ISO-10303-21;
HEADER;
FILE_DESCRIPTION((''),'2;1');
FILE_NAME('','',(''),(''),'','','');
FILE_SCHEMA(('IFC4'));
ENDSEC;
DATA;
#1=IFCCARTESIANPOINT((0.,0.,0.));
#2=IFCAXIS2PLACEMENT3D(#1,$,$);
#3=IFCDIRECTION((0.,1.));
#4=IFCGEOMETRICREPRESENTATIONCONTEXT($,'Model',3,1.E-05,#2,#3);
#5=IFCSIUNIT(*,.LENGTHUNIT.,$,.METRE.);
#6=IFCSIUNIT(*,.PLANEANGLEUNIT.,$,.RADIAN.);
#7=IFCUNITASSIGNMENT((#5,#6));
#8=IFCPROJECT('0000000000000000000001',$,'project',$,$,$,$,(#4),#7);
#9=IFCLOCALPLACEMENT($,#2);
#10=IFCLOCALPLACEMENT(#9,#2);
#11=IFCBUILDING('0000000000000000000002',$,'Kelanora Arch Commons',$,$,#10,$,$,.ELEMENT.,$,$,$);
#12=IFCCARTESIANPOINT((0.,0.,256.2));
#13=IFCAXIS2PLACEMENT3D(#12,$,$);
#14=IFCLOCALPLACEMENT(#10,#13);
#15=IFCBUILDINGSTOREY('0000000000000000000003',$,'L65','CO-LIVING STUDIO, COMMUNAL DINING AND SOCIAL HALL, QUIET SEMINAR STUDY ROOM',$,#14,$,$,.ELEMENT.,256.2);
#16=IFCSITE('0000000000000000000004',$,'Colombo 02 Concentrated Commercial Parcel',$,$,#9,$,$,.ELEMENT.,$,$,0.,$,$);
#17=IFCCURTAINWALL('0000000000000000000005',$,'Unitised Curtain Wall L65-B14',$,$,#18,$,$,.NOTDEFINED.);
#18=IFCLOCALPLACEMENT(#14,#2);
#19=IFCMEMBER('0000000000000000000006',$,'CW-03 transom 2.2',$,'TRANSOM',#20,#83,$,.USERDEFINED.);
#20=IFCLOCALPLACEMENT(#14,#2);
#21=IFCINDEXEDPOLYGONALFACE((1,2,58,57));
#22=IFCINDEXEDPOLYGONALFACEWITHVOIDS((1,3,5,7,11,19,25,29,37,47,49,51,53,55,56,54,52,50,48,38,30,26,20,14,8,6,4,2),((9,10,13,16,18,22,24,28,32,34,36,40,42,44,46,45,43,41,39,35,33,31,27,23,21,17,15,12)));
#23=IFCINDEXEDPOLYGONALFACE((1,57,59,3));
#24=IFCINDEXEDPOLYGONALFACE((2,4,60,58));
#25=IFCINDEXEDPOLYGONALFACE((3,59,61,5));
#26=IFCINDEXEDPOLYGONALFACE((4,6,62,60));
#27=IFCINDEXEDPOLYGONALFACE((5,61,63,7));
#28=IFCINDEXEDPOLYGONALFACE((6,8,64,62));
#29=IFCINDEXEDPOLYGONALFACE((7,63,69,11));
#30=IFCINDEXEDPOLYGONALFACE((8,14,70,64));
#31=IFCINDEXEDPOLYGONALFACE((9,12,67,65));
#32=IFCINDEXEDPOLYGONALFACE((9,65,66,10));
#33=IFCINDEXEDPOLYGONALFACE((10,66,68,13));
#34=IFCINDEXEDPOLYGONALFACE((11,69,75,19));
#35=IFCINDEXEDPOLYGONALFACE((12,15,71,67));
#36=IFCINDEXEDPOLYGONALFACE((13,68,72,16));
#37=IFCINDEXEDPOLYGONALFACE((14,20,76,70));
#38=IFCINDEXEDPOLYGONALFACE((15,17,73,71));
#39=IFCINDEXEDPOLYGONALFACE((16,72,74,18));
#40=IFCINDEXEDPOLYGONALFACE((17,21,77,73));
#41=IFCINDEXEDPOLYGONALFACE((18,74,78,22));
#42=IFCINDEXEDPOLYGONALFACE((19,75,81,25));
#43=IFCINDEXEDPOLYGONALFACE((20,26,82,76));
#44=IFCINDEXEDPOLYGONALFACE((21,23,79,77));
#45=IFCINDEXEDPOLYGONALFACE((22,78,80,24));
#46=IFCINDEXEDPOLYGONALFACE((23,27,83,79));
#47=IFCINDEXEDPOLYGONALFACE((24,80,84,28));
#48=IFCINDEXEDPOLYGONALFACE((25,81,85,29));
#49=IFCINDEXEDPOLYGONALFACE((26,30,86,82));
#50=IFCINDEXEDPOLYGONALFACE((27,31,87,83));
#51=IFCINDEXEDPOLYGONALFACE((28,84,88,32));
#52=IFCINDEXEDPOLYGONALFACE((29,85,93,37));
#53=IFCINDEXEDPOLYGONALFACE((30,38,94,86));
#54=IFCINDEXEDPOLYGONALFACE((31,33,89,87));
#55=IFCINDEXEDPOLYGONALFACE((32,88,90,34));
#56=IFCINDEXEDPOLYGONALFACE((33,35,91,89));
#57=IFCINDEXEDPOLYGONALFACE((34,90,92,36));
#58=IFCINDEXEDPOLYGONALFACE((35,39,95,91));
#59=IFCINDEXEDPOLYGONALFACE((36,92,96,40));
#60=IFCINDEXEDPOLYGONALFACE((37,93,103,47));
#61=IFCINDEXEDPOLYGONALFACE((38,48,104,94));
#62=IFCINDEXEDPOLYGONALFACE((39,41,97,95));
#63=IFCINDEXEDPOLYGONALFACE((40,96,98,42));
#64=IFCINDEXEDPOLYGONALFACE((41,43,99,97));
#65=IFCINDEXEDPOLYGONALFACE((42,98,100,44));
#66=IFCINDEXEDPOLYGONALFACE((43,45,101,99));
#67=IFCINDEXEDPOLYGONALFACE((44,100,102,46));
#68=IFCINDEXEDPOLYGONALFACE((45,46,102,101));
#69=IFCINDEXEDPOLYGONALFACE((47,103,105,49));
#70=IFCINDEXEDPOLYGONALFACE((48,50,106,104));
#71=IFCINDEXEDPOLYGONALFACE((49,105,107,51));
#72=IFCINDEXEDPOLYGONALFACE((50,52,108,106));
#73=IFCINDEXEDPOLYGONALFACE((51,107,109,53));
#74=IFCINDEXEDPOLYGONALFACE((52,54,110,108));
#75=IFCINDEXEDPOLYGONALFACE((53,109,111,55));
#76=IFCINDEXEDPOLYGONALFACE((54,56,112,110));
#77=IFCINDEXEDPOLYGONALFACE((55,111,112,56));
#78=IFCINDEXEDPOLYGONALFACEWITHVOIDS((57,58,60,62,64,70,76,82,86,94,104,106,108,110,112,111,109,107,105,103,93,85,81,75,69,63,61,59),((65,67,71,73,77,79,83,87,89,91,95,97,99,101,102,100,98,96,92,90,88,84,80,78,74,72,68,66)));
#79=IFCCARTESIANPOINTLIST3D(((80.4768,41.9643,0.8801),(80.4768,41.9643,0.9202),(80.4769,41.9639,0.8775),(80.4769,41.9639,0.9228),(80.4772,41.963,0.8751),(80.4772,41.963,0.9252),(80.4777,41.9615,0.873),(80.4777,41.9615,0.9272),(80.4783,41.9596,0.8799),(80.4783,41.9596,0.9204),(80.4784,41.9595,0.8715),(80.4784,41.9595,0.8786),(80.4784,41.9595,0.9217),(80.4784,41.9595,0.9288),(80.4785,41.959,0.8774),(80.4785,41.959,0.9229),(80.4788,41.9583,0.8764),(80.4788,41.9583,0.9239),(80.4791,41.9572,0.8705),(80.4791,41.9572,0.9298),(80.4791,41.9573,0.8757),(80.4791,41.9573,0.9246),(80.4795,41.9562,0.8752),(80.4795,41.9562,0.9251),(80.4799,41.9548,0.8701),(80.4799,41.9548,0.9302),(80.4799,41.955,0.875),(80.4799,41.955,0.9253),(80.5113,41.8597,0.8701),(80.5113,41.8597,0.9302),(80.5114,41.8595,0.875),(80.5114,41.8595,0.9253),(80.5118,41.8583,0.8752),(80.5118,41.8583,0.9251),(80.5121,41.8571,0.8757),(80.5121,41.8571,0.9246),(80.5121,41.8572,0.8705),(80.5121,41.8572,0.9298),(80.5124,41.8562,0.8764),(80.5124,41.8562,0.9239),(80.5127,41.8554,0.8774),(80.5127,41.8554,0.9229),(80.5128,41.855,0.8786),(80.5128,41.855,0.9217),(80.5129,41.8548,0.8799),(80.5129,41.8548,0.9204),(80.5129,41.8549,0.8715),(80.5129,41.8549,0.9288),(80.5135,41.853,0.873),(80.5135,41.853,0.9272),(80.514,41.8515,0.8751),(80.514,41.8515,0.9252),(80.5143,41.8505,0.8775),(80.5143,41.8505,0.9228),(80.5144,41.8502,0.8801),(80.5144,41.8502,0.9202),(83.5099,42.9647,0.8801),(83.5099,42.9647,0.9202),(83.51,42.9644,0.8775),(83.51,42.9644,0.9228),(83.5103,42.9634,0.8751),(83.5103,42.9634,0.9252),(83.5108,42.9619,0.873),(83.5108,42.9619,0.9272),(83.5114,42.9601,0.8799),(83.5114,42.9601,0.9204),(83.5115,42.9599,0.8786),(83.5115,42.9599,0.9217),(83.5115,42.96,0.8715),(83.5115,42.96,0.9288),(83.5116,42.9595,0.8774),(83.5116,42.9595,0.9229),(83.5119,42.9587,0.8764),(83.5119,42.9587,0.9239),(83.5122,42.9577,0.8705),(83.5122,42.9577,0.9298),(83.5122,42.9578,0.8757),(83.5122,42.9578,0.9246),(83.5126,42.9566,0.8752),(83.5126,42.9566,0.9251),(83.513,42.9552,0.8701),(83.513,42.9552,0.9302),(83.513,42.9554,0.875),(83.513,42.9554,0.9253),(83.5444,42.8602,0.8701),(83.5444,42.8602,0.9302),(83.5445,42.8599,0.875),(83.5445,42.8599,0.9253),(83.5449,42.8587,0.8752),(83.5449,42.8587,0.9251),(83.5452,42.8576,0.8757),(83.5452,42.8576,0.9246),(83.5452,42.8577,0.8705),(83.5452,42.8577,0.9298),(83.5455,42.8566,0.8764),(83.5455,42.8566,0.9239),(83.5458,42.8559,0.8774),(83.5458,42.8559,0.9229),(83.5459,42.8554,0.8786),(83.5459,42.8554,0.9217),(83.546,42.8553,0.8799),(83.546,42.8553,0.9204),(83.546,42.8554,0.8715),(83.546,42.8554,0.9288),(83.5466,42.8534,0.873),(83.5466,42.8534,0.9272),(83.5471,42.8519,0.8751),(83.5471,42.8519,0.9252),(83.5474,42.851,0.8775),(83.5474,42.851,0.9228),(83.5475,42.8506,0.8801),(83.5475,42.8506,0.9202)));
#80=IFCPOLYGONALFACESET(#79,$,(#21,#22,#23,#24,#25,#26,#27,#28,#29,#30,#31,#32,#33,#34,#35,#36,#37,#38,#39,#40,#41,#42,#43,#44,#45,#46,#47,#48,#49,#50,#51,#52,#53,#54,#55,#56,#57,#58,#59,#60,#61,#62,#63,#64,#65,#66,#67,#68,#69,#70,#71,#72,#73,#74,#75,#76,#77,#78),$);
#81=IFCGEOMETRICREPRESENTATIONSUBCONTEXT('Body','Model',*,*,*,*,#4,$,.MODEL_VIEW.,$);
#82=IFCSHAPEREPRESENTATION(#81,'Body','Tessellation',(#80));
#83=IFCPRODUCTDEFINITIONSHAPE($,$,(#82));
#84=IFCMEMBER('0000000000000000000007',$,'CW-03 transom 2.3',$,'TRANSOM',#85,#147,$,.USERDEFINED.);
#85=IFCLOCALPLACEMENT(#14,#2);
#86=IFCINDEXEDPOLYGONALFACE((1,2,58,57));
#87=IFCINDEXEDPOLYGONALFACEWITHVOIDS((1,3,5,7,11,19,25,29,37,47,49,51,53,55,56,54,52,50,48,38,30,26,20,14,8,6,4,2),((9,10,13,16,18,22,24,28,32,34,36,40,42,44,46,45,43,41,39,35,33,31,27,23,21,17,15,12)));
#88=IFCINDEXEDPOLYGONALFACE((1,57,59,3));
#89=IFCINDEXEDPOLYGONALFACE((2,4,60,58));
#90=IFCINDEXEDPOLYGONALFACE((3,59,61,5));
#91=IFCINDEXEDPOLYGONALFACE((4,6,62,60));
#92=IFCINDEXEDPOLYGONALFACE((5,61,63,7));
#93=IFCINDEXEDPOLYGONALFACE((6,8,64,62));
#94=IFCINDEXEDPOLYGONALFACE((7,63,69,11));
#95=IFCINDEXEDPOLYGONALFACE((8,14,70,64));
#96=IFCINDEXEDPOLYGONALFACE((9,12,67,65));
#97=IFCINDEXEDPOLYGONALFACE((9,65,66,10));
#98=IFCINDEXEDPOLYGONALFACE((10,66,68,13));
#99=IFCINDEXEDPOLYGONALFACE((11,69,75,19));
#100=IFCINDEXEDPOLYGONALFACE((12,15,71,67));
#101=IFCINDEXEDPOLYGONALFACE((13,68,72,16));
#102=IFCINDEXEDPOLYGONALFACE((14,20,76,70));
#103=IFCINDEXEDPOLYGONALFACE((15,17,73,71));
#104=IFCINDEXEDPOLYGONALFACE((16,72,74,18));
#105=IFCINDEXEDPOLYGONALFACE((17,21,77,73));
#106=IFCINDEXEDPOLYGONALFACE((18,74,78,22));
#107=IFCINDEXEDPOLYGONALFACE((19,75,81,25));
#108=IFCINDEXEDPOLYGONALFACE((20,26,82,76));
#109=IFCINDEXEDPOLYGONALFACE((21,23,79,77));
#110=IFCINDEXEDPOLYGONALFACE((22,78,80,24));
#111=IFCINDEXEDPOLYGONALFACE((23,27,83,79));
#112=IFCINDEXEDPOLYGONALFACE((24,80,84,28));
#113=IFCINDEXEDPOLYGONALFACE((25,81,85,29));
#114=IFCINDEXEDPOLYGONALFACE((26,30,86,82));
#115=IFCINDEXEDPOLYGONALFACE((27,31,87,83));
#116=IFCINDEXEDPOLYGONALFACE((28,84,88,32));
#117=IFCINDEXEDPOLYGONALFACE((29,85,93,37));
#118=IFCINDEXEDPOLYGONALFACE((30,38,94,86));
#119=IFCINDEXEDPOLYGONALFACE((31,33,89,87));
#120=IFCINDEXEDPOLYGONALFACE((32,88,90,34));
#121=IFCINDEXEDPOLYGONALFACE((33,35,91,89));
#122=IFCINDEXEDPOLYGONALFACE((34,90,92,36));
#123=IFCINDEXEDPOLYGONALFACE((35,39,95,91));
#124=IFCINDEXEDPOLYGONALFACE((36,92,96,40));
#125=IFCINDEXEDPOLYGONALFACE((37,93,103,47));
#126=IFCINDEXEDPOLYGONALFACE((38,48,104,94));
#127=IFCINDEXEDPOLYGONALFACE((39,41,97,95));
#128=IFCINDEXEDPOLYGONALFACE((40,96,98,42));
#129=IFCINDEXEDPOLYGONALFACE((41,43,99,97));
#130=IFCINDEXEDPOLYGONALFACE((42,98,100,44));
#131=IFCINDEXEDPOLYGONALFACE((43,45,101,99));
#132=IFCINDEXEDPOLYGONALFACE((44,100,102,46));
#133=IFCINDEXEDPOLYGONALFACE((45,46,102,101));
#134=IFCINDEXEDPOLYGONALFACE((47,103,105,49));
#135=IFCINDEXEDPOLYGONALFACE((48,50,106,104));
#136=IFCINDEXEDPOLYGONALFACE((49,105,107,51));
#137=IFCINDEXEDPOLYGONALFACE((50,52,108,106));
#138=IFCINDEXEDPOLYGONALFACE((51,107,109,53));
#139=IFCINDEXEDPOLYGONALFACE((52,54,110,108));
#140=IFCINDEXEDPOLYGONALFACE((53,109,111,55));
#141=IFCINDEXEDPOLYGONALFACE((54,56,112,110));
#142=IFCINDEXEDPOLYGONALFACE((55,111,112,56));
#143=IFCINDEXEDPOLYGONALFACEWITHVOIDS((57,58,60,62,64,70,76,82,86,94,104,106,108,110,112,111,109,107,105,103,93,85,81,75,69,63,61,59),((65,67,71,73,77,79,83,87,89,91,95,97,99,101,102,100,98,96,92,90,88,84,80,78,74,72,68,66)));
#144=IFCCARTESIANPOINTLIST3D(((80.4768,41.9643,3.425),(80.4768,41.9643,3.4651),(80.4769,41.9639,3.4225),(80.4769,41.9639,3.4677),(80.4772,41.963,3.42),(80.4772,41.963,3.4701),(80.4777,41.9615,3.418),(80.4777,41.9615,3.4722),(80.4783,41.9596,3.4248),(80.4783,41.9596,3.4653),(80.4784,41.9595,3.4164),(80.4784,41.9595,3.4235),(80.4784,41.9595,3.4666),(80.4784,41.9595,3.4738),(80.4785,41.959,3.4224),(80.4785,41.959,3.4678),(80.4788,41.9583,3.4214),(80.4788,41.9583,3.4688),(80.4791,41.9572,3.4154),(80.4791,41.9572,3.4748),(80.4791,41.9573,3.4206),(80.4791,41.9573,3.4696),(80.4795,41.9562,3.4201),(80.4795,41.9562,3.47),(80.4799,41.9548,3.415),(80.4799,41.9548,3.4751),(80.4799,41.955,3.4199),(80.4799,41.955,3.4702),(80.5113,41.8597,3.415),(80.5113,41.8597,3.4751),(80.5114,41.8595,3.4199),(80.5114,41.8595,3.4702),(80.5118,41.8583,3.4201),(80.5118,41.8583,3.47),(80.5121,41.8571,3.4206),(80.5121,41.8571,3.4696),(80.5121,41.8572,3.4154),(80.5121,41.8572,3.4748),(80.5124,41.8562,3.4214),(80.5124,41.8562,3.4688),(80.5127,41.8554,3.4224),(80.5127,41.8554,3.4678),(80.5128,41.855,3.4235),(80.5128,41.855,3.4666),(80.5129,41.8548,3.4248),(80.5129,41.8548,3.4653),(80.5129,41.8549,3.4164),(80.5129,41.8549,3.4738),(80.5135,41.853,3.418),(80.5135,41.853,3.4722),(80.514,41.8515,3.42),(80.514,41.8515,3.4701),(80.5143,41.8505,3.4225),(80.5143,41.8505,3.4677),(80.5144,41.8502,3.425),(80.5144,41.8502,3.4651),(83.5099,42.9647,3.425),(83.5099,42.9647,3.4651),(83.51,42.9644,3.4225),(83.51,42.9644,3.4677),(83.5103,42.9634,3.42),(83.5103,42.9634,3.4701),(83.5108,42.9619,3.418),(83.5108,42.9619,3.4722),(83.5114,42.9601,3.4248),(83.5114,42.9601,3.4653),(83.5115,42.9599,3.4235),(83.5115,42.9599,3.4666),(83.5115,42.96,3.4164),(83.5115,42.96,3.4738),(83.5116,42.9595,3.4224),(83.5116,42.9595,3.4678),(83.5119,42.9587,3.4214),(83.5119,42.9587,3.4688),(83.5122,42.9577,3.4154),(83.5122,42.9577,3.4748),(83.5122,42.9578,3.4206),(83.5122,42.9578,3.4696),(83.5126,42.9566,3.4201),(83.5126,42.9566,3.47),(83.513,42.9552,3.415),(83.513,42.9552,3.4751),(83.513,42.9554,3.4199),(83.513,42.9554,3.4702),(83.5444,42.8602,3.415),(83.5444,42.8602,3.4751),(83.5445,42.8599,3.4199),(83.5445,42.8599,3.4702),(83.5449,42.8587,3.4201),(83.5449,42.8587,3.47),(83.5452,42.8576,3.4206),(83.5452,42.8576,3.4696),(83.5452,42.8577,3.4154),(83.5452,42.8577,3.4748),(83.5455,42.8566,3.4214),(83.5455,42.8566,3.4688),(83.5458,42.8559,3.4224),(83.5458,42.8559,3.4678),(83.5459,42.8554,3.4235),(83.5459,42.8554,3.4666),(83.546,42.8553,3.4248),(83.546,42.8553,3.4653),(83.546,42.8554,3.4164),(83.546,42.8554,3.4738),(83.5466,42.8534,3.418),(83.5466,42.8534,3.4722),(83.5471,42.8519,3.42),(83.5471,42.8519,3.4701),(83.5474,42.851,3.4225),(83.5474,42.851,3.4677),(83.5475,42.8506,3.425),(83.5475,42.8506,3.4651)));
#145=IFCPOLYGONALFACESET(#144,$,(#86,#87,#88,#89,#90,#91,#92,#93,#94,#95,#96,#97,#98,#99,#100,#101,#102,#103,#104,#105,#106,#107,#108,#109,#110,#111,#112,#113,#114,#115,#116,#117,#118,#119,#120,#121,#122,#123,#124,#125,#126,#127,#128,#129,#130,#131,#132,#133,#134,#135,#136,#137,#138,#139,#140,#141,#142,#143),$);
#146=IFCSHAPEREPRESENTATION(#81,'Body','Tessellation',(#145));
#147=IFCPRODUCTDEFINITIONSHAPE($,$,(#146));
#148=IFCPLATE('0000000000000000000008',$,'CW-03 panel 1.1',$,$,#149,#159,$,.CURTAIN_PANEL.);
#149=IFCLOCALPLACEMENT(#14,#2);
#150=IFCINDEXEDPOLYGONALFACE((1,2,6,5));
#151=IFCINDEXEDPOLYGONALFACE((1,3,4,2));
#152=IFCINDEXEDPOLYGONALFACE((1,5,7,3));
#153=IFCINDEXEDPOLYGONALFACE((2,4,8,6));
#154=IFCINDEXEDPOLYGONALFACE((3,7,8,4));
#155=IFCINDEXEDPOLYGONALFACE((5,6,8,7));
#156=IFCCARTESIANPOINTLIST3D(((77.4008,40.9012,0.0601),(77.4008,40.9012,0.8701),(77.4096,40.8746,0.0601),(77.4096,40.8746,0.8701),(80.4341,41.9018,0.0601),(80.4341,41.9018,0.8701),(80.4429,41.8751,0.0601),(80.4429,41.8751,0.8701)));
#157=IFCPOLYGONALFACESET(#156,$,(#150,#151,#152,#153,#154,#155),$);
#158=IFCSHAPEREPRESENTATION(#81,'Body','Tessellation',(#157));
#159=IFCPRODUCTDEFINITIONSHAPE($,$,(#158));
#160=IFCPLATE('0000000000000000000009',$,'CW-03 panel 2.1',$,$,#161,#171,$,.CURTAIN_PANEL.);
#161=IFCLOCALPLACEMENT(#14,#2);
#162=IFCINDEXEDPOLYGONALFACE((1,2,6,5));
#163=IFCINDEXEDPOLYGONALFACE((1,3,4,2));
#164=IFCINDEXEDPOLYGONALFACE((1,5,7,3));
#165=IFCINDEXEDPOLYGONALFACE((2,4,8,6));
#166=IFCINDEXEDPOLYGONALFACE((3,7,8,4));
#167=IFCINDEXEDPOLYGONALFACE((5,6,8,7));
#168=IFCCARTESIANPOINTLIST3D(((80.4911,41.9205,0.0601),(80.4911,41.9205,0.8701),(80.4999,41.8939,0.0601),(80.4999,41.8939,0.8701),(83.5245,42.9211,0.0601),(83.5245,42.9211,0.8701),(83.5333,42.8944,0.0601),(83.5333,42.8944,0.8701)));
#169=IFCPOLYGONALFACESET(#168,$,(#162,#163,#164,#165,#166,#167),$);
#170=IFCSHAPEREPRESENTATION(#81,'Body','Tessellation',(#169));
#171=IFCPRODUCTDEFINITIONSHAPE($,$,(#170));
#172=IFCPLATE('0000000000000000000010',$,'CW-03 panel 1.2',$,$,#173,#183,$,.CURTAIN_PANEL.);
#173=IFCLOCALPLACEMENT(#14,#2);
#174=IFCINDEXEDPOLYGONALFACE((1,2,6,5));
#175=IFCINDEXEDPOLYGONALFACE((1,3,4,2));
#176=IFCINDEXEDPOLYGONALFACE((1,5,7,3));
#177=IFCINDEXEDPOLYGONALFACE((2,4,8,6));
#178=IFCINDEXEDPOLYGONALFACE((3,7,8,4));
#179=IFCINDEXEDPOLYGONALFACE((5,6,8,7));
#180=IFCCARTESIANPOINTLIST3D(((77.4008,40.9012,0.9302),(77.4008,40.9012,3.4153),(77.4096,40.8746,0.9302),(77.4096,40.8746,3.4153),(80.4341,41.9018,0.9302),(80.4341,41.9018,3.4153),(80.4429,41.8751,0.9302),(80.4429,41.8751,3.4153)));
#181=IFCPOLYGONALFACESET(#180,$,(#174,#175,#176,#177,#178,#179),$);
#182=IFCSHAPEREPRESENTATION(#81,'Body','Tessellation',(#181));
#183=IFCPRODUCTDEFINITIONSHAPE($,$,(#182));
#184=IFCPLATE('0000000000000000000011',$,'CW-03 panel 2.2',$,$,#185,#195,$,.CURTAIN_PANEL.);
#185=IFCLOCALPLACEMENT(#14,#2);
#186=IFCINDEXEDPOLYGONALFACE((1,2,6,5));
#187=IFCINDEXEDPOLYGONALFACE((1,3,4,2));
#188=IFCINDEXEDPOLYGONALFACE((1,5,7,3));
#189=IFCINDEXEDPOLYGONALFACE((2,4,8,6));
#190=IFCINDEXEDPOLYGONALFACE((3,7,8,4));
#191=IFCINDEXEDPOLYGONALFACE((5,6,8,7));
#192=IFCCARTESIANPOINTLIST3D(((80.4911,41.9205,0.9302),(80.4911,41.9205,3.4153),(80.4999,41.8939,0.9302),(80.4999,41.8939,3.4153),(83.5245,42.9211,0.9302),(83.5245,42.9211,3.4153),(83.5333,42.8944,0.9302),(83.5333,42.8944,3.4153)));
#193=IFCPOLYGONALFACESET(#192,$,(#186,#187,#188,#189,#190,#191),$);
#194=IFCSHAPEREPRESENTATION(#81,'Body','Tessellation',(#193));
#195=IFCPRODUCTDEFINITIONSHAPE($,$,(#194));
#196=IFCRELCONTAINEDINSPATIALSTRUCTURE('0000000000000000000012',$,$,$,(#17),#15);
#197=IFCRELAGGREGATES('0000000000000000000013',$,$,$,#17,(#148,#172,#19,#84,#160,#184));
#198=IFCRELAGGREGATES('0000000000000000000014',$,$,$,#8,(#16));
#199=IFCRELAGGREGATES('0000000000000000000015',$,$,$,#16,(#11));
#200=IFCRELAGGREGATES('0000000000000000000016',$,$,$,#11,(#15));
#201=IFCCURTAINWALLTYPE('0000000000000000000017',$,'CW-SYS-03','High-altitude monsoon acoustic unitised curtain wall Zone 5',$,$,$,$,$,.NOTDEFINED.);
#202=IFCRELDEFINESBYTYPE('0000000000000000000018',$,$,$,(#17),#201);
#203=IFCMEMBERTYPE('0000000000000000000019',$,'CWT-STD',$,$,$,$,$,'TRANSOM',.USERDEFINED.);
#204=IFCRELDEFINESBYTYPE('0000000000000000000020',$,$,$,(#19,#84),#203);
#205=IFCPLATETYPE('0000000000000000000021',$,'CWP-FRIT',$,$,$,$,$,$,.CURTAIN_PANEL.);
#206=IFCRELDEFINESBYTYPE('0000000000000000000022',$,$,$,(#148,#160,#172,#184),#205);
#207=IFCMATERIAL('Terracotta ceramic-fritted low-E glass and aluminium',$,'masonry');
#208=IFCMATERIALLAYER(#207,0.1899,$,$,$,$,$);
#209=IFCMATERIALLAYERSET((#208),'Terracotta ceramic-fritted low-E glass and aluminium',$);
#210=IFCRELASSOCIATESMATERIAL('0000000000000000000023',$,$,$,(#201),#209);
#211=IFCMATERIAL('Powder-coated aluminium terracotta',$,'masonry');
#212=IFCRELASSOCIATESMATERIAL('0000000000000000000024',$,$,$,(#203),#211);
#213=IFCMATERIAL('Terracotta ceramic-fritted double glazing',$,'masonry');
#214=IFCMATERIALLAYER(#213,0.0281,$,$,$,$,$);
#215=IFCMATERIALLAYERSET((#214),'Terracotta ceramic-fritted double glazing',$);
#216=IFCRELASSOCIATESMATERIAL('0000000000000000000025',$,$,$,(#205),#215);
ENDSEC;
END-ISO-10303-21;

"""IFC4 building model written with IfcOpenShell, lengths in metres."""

from ifc_helpers import new_model, si_unit, direction, frame, origin, origin_2d, place, context, subcontext, project, spatial, rectangle, hollow_rectangle, extrude, source, transform, mapped, material, layer, layer_set, material_profile, profile_set, type_object, element, aggregate, save


model = new_model("IFC4")

# Units and contexts
model_context = context("Model", 3, precision=1e-05, world=origin(), true_north=direction((0.0, 1.0)))
body_context = subcontext(model_context, "Body", "Model", "MODEL_VIEW")
ifc_project = project(units=[si_unit("LENGTHUNIT", "METRE"), si_unit("PLANEANGLEUNIT", "RADIAN")], contexts=[model_context])

# Site, building, storey
site_placement = place(None, origin())
site = spatial("IfcSite", under=ifc_project, at=site_placement, Name="Colombo 02 Concentrated Commercial Parcel", CompositionType="ELEMENT", RefElevation=0.0)
building_placement = place(site_placement, origin())
building = spatial("IfcBuilding", under=site, at=building_placement, Name="Kelanora Arch Commons", CompositionType="ELEMENT")
storey_placement = place(building_placement, frame((0.0, 0.0, 256.2)))
storey = spatial("IfcBuildingStorey", under=building, at=storey_placement, Name="L65", Description="CO-LIVING STUDIO, COMMUNAL DINING AND SOCIAL HALL, QUIET SEMINAR STUDY ROOM", CompositionType="ELEMENT", Elevation=256.2)

# Curtain wall, members, plates
ifc_material_1 = material(Name="Terracotta ceramic-fritted low-E glass and aluminium", Category="masonry")
ifc_layer_1 = layer(ifc_material_1, 0.1899)
ifc_layer_set_1 = layer_set([ifc_layer_1], Name="Terracotta ceramic-fritted low-E glass and aluminium")
curtain_wall_type = type_object("IfcCurtainWallType", Name="CW-SYS-03", Description="High-altitude monsoon acoustic unitised curtain wall Zone 5", PredefinedType="NOTDEFINED", material=ifc_layer_set_1)
curtain_wall_placement = place(storey_placement, origin())
curtain_wall = element("IfcCurtainWall", 1, at=curtain_wall_placement, inside=storey, type_object=curtain_wall_type, Name="Unitised Curtain Wall L65-B14", PredefinedType="NOTDEFINED")
ifc_material_2 = material(Name="Powder-coated aluminium terracotta", Category="masonry")
ifc_material_profile_1 = material_profile(ifc_material_2, hollow_rectangle(XDim=0.1201, YDim=0.0601, WallThickness=0.0049, InnerFilletRadius=0.0049, OuterFilletRadius=0.01, at=origin_2d()), Name="CWT120x60")
ifc_profile_set_1 = profile_set([ifc_material_profile_1], Name="Powder-coated aluminium terracotta")
member_type_1 = type_object("IfcMemberType", Name="CWT-STD", ElementType="TRANSOM", PredefinedType="USERDEFINED", material=ifc_profile_set_1)
member_1_placement = place(storey_placement, frame((80.4956, 41.9072, 0.9001), z_axis=(0.949672, 0.313245, 0.0), x_axis=(-0.313245, 0.949672, 0.0)))
member_1 = element("IfcMember", 2, at=member_1_placement, type_object=member_type_1, Name="CW-03 transom 2.2", ObjectType="TRANSOM", PredefinedType="USERDEFINED", context=body_context, shape_type="SweptSolid", body=[
    extrude(hollow_rectangle(XDim=0.1201, YDim=0.0601, WallThickness=0.0049, InnerFilletRadius=0.0049, OuterFilletRadius=0.01, at=origin_2d()), origin(), (0.0, 0.0, 1.0), 3.1938),
])
member_2_placement = place(storey_placement, frame((80.4956, 41.9072, 3.4451), z_axis=(0.949672, 0.313245, 0.0), x_axis=(-0.313245, 0.949672, 0.0)))
member_2 = element("IfcMember", 3, at=member_2_placement, type_object=member_type_1, Name="CW-03 transom 2.3", ObjectType="TRANSOM", PredefinedType="USERDEFINED", context=body_context, shape_type="SweptSolid", body=[
    extrude(hollow_rectangle(XDim=0.1201, YDim=0.0601, WallThickness=0.0049, InnerFilletRadius=0.0049, OuterFilletRadius=0.01, at=origin_2d()), origin(), (0.0, 0.0, 1.0), 3.1938),
])
ifc_material_3 = material(Name="Terracotta ceramic-fritted double glazing", Category="masonry")
ifc_layer_2 = layer(ifc_material_3, 0.0281)
ifc_layer_set_2 = layer_set([ifc_layer_2], Name="Terracotta ceramic-fritted double glazing")
plate_type = type_object("IfcPlateType", Name="CWP-FRIT", PredefinedType="CURTAIN_PANEL", material=ifc_layer_set_2)
shared_shape_1 = source(origin(), body_context, "Body", "SweptSolid", [
    extrude(rectangle(XDim=3.1941, YDim=0.0281, at=origin_2d()), origin(), (0.0, 0.0, 1.0), 0.8101),
])
plate_1_placement = place(storey_placement, frame((78.9219, 41.3882, 0.0601), z_axis=(0.0, 0.0, 1.0), x_axis=(0.94967, 0.313253, 0.0)))
plate_1 = element("IfcPlate", 4, at=plate_1_placement, type_object=plate_type, Name="CW-03 panel 1.1", PredefinedType="CURTAIN_PANEL", context=body_context, shape_type="MappedRepresentation", body=[
    mapped(shared_shape_1, transform((0.0, 0.0, 0.0), scale=1.0)),
])
plate_2_placement = place(storey_placement, frame((82.0122, 42.4075, 0.0601), z_axis=(0.0, 0.0, 1.0), x_axis=(0.94967, 0.313253, 0.0)))
plate_2 = element("IfcPlate", 5, at=plate_2_placement, type_object=plate_type, Name="CW-03 panel 2.1", PredefinedType="CURTAIN_PANEL", context=body_context, shape_type="MappedRepresentation", body=[
    mapped(shared_shape_1, transform((0.0, 0.0, 0.0), scale=1.0)),
])
shared_shape_2 = source(origin(), body_context, "Body", "SweptSolid", [
    extrude(rectangle(XDim=3.1941, YDim=0.0281, at=origin_2d()), origin(), (0.0, 0.0, 1.0), 2.4851),
])
plate_3_placement = place(storey_placement, frame((78.9219, 41.3882, 0.9302), z_axis=(0.0, 0.0, 1.0), x_axis=(0.94967, 0.313253, 0.0)))
plate_3 = element("IfcPlate", 6, at=plate_3_placement, type_object=plate_type, Name="CW-03 panel 1.2", PredefinedType="CURTAIN_PANEL", context=body_context, shape_type="MappedRepresentation", body=[
    mapped(shared_shape_2, transform((0.0, 0.0, 0.0), scale=1.0)),
])
plate_4_placement = place(storey_placement, frame((82.0122, 42.4075, 0.9302), z_axis=(0.0, 0.0, 1.0), x_axis=(0.94967, 0.313253, 0.0)))
plate_4 = element("IfcPlate", 7, at=plate_4_placement, type_object=plate_type, Name="CW-03 panel 2.2", PredefinedType="CURTAIN_PANEL", context=body_context, shape_type="MappedRepresentation", body=[
    mapped(shared_shape_2, transform((0.0, 0.0, 0.0), scale=1.0)),
])
aggregate(curtain_wall, [plate_1, plate_3, member_1, member_2, plate_2, plate_4])

save(model, "model.ifc")
